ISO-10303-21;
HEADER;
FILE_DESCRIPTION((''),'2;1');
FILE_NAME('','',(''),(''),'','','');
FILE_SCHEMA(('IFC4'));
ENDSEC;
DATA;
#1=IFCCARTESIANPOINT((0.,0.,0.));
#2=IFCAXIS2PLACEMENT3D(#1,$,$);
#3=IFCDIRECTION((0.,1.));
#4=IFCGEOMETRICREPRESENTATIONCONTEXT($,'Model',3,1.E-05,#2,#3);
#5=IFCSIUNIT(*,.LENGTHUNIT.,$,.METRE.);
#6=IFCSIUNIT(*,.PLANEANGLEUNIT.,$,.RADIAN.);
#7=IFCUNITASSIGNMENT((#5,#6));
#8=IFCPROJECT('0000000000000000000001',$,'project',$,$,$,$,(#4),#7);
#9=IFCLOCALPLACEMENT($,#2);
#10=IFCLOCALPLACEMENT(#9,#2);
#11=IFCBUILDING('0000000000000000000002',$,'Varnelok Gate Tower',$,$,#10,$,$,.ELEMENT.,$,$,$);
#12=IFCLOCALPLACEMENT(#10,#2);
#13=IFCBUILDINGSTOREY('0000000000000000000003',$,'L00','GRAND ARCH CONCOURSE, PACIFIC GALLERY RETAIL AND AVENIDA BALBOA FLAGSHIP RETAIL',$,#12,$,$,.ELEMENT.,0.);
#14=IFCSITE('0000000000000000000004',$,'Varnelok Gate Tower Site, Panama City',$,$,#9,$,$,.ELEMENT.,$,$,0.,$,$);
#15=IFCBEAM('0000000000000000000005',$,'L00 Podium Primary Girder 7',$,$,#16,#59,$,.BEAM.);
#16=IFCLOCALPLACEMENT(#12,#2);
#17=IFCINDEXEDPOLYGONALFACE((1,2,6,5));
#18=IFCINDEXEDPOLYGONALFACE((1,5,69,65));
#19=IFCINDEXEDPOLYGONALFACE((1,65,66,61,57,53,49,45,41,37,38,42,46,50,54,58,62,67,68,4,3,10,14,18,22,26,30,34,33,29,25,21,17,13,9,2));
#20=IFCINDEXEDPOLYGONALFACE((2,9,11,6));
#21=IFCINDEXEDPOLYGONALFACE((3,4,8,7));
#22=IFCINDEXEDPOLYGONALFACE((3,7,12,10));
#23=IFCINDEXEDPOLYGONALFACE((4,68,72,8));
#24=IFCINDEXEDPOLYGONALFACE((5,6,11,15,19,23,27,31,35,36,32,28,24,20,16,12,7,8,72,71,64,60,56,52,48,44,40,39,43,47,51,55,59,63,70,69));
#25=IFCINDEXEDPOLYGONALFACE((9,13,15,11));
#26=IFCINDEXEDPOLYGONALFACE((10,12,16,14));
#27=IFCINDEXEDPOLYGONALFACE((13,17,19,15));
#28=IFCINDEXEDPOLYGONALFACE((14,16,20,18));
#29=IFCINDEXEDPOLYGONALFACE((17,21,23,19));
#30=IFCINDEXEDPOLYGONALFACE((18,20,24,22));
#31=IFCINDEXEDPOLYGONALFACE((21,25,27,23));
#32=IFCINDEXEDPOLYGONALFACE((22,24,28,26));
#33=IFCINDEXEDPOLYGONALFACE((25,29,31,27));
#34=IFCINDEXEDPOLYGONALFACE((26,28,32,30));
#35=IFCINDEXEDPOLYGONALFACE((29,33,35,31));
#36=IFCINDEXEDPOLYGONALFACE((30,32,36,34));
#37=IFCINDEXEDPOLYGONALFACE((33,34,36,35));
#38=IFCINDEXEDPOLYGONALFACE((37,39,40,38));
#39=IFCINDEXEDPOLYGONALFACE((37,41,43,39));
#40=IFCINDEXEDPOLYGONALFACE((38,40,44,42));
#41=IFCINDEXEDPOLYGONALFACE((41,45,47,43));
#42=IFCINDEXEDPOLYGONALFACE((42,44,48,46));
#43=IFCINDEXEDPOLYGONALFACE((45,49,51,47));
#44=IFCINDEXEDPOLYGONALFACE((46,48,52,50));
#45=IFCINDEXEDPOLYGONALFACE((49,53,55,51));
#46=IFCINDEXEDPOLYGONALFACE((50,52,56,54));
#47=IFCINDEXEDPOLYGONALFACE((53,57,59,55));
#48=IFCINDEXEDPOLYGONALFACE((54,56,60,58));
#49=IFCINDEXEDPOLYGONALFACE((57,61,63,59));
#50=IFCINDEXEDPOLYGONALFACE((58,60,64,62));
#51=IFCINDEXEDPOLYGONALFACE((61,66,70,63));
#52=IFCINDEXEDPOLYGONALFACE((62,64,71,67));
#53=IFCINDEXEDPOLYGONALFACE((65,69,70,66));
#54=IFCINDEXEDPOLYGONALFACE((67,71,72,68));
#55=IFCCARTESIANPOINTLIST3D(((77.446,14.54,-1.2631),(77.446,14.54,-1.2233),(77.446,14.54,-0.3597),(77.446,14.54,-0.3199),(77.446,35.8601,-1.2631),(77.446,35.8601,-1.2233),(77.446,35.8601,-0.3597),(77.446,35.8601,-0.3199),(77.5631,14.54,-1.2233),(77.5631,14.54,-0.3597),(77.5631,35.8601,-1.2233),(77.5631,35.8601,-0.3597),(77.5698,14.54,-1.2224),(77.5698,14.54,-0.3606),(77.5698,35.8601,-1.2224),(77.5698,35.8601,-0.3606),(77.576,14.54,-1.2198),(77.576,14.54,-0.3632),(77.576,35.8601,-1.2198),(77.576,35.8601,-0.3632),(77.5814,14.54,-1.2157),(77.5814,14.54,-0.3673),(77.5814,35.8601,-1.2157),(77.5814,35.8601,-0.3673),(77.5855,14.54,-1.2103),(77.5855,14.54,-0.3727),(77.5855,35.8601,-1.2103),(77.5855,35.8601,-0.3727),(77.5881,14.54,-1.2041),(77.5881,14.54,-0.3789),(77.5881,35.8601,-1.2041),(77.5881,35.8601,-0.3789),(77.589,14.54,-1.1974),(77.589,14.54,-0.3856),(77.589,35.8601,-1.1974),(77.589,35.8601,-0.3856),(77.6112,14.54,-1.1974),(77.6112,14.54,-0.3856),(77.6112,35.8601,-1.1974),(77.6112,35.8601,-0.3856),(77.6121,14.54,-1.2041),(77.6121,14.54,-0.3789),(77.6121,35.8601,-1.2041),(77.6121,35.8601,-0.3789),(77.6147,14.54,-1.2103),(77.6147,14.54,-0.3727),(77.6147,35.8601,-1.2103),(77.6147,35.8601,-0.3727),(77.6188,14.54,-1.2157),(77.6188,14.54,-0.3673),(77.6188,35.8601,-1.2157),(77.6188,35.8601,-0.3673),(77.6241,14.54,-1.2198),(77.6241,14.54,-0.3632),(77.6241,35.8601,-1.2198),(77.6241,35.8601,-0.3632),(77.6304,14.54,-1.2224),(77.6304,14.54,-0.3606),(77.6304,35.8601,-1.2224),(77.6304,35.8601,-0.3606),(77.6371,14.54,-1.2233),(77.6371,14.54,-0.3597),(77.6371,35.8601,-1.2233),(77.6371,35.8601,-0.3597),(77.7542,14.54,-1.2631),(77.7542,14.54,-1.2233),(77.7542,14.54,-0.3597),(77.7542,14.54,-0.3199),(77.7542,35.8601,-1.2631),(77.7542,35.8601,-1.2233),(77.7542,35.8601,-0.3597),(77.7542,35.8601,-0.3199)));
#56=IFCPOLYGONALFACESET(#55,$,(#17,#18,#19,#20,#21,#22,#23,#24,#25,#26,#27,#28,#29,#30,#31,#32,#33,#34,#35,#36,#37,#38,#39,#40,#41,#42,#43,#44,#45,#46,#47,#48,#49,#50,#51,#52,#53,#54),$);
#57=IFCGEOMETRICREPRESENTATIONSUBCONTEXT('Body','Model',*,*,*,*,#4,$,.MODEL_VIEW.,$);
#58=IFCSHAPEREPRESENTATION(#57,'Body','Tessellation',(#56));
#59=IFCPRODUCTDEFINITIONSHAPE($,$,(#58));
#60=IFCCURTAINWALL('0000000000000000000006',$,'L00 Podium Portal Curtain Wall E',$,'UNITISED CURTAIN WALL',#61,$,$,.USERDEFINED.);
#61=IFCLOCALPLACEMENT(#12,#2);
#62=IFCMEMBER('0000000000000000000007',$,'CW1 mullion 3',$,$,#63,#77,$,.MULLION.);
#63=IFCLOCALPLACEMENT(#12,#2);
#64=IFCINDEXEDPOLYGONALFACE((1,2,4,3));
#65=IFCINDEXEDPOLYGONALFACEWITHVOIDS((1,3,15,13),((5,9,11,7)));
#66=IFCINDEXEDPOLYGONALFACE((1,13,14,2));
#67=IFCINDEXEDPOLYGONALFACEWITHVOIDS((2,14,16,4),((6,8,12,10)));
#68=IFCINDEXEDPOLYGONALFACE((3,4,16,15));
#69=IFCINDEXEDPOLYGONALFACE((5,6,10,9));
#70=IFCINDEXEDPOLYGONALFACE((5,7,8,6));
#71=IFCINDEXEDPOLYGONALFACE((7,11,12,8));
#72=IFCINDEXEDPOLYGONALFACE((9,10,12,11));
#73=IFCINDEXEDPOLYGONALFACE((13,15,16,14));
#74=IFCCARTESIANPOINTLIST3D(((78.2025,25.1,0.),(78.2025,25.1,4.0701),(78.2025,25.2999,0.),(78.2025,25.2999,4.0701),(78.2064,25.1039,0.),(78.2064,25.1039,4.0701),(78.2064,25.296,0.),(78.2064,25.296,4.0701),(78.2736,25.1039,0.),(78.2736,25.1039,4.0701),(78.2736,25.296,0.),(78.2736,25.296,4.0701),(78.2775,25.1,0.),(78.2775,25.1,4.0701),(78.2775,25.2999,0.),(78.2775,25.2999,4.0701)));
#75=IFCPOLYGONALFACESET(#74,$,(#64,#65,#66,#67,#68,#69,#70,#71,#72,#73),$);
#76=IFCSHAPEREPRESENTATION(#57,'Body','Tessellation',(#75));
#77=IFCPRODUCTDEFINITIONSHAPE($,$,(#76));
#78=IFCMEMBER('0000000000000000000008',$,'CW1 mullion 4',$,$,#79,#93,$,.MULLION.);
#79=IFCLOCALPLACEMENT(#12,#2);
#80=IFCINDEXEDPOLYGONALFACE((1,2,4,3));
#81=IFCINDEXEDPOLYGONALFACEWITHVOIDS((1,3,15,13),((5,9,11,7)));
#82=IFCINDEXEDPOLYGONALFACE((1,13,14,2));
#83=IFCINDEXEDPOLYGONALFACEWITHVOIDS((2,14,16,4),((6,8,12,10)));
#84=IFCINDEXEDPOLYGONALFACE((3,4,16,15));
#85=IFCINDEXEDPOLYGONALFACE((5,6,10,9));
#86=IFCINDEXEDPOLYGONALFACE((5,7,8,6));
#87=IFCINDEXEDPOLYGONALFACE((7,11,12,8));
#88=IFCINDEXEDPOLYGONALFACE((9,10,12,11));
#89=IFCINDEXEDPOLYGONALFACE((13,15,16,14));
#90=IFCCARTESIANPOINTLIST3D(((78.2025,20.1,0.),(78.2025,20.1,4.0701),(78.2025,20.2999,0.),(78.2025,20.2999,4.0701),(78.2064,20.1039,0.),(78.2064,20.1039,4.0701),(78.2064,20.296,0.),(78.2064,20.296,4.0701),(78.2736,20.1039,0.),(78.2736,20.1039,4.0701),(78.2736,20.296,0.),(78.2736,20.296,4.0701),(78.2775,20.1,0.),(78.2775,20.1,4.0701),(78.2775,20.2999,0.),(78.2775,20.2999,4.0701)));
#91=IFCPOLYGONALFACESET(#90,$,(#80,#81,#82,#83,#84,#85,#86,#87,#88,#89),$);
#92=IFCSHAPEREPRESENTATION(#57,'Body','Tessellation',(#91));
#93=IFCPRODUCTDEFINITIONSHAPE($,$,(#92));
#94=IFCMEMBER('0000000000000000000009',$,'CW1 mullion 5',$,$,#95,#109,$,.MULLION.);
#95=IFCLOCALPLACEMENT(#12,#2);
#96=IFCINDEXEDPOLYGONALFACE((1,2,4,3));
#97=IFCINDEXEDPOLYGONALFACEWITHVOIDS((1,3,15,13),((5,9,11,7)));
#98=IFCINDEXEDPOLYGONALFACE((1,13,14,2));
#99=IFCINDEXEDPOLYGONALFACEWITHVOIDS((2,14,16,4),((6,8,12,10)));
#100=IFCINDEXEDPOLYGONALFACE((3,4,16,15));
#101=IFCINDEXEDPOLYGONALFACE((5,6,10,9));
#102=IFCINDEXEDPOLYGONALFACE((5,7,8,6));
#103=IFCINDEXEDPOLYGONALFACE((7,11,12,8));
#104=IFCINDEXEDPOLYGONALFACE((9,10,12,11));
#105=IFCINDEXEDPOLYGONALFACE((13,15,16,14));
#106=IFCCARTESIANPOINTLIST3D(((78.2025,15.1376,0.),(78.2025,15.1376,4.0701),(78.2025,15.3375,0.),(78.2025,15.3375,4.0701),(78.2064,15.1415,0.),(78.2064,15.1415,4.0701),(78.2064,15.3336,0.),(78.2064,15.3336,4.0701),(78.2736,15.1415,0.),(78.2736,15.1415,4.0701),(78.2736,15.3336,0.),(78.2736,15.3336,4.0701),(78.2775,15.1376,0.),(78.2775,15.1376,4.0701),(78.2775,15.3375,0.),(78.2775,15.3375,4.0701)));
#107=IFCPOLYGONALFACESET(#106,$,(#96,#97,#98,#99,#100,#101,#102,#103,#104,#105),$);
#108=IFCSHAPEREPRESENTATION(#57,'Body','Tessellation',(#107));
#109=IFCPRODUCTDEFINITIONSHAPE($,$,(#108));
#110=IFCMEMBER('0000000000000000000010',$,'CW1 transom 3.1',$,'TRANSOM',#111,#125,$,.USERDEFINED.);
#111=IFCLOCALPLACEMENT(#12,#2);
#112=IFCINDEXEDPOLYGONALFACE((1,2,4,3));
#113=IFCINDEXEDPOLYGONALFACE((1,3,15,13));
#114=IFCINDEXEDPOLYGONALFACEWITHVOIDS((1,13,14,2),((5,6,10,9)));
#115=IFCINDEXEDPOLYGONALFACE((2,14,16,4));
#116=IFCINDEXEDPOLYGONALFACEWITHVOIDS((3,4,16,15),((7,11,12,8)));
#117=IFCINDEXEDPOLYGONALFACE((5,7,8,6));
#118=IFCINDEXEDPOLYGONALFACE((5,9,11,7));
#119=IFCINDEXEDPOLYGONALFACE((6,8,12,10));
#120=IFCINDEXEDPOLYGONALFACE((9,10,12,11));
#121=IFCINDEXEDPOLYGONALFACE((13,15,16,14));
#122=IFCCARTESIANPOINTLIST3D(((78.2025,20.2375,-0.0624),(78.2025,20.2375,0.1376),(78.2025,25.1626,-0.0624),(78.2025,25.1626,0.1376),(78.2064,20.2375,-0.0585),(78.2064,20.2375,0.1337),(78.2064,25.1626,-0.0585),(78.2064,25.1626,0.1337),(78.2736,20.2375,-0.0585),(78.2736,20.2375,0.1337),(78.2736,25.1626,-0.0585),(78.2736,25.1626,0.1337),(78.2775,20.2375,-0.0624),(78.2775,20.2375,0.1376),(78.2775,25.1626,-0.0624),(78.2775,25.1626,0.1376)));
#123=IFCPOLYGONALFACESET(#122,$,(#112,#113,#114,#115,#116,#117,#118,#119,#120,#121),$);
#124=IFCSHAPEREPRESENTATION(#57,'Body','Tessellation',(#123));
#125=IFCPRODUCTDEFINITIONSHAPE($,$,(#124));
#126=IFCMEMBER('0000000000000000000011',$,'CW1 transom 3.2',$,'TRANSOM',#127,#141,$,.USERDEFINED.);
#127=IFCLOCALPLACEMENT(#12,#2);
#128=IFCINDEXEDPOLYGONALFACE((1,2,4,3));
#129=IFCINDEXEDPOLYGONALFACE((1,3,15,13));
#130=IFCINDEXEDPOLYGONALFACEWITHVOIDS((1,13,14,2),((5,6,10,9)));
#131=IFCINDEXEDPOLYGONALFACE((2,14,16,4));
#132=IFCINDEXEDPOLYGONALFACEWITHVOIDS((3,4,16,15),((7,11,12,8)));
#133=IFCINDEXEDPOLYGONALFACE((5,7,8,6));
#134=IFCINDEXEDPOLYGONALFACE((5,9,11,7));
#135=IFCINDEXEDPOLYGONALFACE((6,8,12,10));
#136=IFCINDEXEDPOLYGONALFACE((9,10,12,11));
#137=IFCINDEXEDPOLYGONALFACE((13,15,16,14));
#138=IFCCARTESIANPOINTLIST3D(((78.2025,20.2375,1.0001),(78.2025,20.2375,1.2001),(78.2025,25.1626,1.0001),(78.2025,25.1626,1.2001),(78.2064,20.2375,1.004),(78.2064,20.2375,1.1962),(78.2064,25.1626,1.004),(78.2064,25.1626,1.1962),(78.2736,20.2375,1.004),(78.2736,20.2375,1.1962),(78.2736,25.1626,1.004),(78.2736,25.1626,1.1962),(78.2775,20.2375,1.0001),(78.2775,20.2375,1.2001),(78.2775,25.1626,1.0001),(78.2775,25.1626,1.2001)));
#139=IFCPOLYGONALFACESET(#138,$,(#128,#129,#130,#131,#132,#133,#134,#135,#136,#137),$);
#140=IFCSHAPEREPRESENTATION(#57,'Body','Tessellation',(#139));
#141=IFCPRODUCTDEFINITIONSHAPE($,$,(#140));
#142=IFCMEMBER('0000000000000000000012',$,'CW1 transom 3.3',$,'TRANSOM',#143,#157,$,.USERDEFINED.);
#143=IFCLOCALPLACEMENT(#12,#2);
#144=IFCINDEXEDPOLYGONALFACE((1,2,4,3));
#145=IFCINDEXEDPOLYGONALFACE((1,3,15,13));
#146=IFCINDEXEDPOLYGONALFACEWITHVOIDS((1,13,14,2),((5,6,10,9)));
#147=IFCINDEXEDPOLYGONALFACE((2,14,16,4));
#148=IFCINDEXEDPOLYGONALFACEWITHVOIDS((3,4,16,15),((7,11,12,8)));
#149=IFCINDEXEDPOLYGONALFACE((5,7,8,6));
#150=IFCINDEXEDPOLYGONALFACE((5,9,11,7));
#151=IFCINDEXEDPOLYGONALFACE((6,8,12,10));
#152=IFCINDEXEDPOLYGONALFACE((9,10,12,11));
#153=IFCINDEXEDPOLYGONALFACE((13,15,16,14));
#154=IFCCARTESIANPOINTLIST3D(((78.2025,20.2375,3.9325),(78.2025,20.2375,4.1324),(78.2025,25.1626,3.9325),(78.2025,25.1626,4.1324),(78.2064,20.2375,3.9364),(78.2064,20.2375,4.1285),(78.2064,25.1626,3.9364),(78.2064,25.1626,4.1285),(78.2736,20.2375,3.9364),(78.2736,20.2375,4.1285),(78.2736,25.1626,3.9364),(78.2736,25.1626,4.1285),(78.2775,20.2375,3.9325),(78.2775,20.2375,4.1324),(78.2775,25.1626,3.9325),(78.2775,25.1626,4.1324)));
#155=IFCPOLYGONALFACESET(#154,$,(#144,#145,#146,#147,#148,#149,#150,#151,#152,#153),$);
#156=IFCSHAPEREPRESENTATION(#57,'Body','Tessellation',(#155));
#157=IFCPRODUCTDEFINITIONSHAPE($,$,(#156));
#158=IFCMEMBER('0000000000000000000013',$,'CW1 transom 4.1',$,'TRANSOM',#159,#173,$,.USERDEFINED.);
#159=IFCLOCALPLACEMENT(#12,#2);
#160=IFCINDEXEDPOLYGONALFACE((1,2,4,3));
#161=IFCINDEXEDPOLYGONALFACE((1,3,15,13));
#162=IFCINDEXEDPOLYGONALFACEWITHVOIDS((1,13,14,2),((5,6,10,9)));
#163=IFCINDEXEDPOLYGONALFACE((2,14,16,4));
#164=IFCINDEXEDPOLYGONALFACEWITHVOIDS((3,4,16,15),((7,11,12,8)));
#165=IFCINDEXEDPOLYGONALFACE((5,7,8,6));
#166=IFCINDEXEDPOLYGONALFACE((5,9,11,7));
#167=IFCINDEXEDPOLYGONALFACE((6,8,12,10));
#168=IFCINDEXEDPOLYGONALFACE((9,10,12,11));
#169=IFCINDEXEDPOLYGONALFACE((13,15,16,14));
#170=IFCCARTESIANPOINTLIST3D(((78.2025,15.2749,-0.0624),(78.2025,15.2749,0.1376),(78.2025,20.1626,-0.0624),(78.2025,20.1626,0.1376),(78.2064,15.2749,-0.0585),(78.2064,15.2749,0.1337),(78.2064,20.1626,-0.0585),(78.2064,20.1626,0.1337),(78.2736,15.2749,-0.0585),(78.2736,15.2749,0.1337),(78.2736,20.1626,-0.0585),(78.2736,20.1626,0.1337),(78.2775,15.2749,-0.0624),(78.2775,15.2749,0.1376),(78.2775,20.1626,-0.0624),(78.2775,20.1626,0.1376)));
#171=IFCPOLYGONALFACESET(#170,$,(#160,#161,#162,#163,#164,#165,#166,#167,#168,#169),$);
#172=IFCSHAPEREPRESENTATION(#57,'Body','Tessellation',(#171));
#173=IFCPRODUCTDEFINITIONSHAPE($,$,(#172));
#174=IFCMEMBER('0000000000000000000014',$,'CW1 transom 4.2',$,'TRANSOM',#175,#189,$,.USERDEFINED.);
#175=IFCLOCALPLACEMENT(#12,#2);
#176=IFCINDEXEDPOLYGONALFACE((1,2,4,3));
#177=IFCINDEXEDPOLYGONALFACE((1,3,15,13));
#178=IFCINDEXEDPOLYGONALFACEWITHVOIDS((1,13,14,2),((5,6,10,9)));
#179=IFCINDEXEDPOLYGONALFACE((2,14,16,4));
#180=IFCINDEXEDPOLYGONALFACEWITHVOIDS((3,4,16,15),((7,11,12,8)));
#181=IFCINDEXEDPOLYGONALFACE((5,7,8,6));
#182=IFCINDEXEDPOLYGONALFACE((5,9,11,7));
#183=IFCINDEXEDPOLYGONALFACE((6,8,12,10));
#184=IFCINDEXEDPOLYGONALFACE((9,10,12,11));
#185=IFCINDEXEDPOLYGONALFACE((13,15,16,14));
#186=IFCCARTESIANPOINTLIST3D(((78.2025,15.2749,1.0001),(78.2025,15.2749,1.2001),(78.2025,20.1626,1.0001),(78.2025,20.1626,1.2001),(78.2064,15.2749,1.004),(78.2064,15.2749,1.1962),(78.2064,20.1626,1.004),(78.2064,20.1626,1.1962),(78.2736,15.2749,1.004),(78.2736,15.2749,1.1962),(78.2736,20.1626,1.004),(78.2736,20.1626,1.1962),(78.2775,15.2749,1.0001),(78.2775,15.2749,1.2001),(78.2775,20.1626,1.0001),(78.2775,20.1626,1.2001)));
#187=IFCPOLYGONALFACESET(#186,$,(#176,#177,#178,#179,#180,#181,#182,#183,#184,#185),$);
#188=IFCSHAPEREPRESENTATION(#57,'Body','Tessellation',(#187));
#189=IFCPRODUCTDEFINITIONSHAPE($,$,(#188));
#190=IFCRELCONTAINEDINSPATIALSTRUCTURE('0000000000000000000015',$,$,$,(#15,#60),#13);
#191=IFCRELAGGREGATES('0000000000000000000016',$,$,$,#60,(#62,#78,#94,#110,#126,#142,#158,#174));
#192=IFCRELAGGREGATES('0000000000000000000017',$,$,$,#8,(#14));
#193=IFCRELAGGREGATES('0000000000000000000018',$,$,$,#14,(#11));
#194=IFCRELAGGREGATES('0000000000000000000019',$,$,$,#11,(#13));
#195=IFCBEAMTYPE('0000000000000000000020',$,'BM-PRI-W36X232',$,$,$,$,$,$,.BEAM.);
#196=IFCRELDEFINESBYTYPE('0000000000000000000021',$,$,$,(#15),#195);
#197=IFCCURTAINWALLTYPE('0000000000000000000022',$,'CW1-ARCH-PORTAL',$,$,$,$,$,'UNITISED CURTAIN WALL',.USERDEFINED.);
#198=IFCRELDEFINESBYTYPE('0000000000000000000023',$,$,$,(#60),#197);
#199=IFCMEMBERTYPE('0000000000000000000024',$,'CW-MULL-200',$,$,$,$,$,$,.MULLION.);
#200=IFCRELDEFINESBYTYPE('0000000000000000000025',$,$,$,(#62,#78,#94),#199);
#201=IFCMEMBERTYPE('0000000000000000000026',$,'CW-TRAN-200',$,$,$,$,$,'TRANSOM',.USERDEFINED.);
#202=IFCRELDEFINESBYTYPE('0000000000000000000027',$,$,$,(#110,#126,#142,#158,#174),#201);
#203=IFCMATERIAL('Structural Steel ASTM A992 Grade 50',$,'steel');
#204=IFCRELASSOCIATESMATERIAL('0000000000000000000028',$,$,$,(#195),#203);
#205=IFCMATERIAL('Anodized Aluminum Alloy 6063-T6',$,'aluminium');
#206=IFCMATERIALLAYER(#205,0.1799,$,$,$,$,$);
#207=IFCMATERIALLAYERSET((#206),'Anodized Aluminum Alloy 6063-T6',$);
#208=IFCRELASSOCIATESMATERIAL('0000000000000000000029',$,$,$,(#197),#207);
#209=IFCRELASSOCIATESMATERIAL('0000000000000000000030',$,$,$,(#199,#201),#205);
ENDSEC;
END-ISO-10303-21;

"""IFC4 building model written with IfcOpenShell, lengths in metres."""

from ifc_helpers import new_model, si_unit, direction, frame, origin, origin_2d, place, context, subcontext, project, spatial, hollow_rectangle, i_section, extrude, material, layer, layer_set, material_profile, profile_set, type_object, element, aggregate, save


model = new_model("IFC4")

# Units and contexts
model_context = context("Model", 3, precision=1e-05, world=origin(), true_north=direction((0.0, 1.0)))
body_context = subcontext(model_context, "Body", "Model", "MODEL_VIEW")
ifc_project = project(units=[si_unit("LENGTHUNIT", "METRE"), si_unit("PLANEANGLEUNIT", "RADIAN")], contexts=[model_context])

# Site, building, storey
site_placement = place(None, origin())
site = spatial("IfcSite", under=ifc_project, at=site_placement, Name="Varnelok Gate Tower Site, Panama City", CompositionType="ELEMENT", RefElevation=0.0)
building_placement = place(site_placement, origin())
building = spatial("IfcBuilding", under=site, at=building_placement, Name="Varnelok Gate Tower", CompositionType="ELEMENT")
storey_placement = place(building_placement, origin())
storey = spatial("IfcBuildingStorey", under=building, at=storey_placement, Name="L00", Description="GRAND ARCH CONCOURSE, PACIFIC GALLERY RETAIL AND AVENIDA BALBOA FLAGSHIP RETAIL", CompositionType="ELEMENT", Elevation=0.0)

# Beam
ifc_material_1 = material(Name="Structural Steel ASTM A992 Grade 50", Category="steel")
ifc_material_profile_1 = material_profile(ifc_material_1, i_section(OverallWidth=0.3081, OverallDepth=0.9431, WebThickness=0.0222, FlangeThickness=0.0398, FilletRadius=0.0259, at=origin_2d()), Name="W36X232")
ifc_profile_set_1 = profile_set([ifc_material_profile_1], Name="Structural Steel ASTM A992 Grade 50")
beam_type = type_object("IfcBeamType", Name="BM-PRI-W36X232", PredefinedType="BEAM", material=ifc_profile_set_1)
beam_placement = place(storey_placement, frame((77.6001, 14.54, -0.7915), z_axis=(0.0, 1.0, 0.0), x_axis=(-1.0, 0.0, 0.0)))
element("IfcBeam", 1, at=beam_placement, inside=storey, type_object=beam_type, Name="L00 Podium Primary Girder 7", PredefinedType="BEAM", context=body_context, shape_type="SweptSolid", body=[
    extrude(i_section(OverallWidth=0.3081, OverallDepth=0.9431, WebThickness=0.0222, FlangeThickness=0.0398, FilletRadius=0.0259, at=origin_2d()), origin(), (0.0, 0.0, 1.0), 21.3201),
])

# Curtain wall, members
ifc_material_2 = material(Name="Anodized Aluminum Alloy 6063-T6", Category="aluminium")
ifc_layer_1 = layer(ifc_material_2, 0.1799)
ifc_layer_set_1 = layer_set([ifc_layer_1], Name="Anodized Aluminum Alloy 6063-T6")
curtain_wall_type = type_object("IfcCurtainWallType", Name="CW1-ARCH-PORTAL", ElementType="UNITISED CURTAIN WALL", PredefinedType="USERDEFINED", material=ifc_layer_set_1)
curtain_wall_placement = place(storey_placement, origin())
curtain_wall = element("IfcCurtainWall", 2, at=curtain_wall_placement, inside=storey, type_object=curtain_wall_type, Name="L00 Podium Portal Curtain Wall E", ObjectType="UNITISED CURTAIN WALL", PredefinedType="USERDEFINED")
ifc_material_profile_2 = material_profile(ifc_material_2, hollow_rectangle(XDim=0.075, YDim=0.2, WallThickness=0.0039, at=origin_2d()), Name="ALU200X75X4")
ifc_profile_set_2 = profile_set([ifc_material_profile_2], Name="Anodized Aluminum Alloy 6063-T6")
member_type_1 = type_object("IfcMemberType", Name="CW-MULL-200", PredefinedType="MULLION", material=ifc_profile_set_2)
member_1_placement = place(storey_placement, frame((78.24, 25.2, 0.0), z_axis=(0.0, 0.0, 1.0), x_axis=(1.0, 0.0, 0.0)))
member_1 = element("IfcMember", 3, at=member_1_placement, type_object=member_type_1, Name="CW1 mullion 3", PredefinedType="MULLION", context=body_context, shape_type="SweptSolid", body=[
    extrude(hollow_rectangle(XDim=0.075, YDim=0.2, WallThickness=0.0039, at=origin_2d()), origin(), (0.0, 0.0, 1.0), 4.0701),
])
member_2_placement = place(storey_placement, frame((78.24, 20.2, 0.0), z_axis=(0.0, 0.0, 1.0), x_axis=(1.0, 0.0, 0.0)))
member_2 = element("IfcMember", 4, at=member_2_placement, type_object=member_type_1, Name="CW1 mullion 4", PredefinedType="MULLION", context=body_context, shape_type="SweptSolid", body=[
    extrude(hollow_rectangle(XDim=0.075, YDim=0.2, WallThickness=0.0039, at=origin_2d()), origin(), (0.0, 0.0, 1.0), 4.0701),
])
member_3_placement = place(storey_placement, frame((78.24, 15.2375, 0.0), z_axis=(0.0, 0.0, 1.0), x_axis=(1.0, 0.0, 0.0)))
member_3 = element("IfcMember", 5, at=member_3_placement, type_object=member_type_1, Name="CW1 mullion 5", PredefinedType="MULLION", context=body_context, shape_type="SweptSolid", body=[
    extrude(hollow_rectangle(XDim=0.075, YDim=0.2, WallThickness=0.0039, at=origin_2d()), origin(), (0.0, 0.0, 1.0), 4.0701),
])
ifc_material_profile_3 = material_profile(ifc_material_2, hollow_rectangle(XDim=0.075, YDim=0.2, WallThickness=0.0039, at=origin_2d()), Name="ALU200X75X4")
ifc_profile_set_3 = profile_set([ifc_material_profile_3], Name="Anodized Aluminum Alloy 6063-T6")
member_type_2 = type_object("IfcMemberType", Name="CW-TRAN-200", ElementType="TRANSOM", PredefinedType="USERDEFINED", material=ifc_profile_set_3)
member_4_placement = place(storey_placement, frame((78.24, 25.1626, 0.0376), z_axis=(0.0, -1.0, 0.0), x_axis=(1.0, 0.0, 0.0)))
member_4 = element("IfcMember", 6, at=member_4_placement, type_object=member_type_2, Name="CW1 transom 3.1", ObjectType="TRANSOM", PredefinedType="USERDEFINED", context=body_context, shape_type="SweptSolid", body=[
    extrude(hollow_rectangle(XDim=0.075, YDim=0.2, WallThickness=0.0039, at=origin_2d()), origin(), (0.0, 0.0, 1.0), 4.925),
])
member_5_placement = place(storey_placement, frame((78.24, 25.1626, 1.1001), z_axis=(0.0, -1.0, 0.0), x_axis=(1.0, 0.0, 0.0)))
member_5 = element("IfcMember", 7, at=member_5_placement, type_object=member_type_2, Name="CW1 transom 3.2", ObjectType="TRANSOM", PredefinedType="USERDEFINED", context=body_context, shape_type="SweptSolid", body=[
    extrude(hollow_rectangle(XDim=0.075, YDim=0.2, WallThickness=0.0039, at=origin_2d()), origin(), (0.0, 0.0, 1.0), 4.925),
])
member_6_placement = place(storey_placement, frame((78.24, 25.1626, 4.0325), z_axis=(0.0, -1.0, 0.0), x_axis=(1.0, 0.0, 0.0)))
member_6 = element("IfcMember", 8, at=member_6_placement, type_object=member_type_2, Name="CW1 transom 3.3", ObjectType="TRANSOM", PredefinedType="USERDEFINED", context=body_context, shape_type="SweptSolid", body=[
    extrude(hollow_rectangle(XDim=0.075, YDim=0.2, WallThickness=0.0039, at=origin_2d()), origin(), (0.0, 0.0, 1.0), 4.925),
])
member_7_placement = place(storey_placement, frame((78.24, 20.1626, 0.0376), z_axis=(0.0, -1.0, 0.0), x_axis=(1.0, 0.0, 0.0)))
member_7 = element("IfcMember", 9, at=member_7_placement, type_object=member_type_2, Name="CW1 transom 4.1", ObjectType="TRANSOM", PredefinedType="USERDEFINED", context=body_context, shape_type="SweptSolid", body=[
    extrude(hollow_rectangle(XDim=0.075, YDim=0.2, WallThickness=0.0039, at=origin_2d()), origin(), (0.0, 0.0, 1.0), 4.8877),
])
member_8_placement = place(storey_placement, frame((78.24, 20.1626, 1.1001), z_axis=(0.0, -1.0, 0.0), x_axis=(1.0, 0.0, 0.0)))
member_8 = element("IfcMember", 10, at=member_8_placement, type_object=member_type_2, Name="CW1 transom 4.2", ObjectType="TRANSOM", PredefinedType="USERDEFINED", context=body_context, shape_type="SweptSolid", body=[
    extrude(hollow_rectangle(XDim=0.075, YDim=0.2, WallThickness=0.0039, at=origin_2d()), origin(), (0.0, 0.0, 1.0), 4.8877),
])
aggregate(curtain_wall, [member_1, member_2, member_3, member_4, member_5, member_6, member_7, member_8])

save(model, "model.ifc")
